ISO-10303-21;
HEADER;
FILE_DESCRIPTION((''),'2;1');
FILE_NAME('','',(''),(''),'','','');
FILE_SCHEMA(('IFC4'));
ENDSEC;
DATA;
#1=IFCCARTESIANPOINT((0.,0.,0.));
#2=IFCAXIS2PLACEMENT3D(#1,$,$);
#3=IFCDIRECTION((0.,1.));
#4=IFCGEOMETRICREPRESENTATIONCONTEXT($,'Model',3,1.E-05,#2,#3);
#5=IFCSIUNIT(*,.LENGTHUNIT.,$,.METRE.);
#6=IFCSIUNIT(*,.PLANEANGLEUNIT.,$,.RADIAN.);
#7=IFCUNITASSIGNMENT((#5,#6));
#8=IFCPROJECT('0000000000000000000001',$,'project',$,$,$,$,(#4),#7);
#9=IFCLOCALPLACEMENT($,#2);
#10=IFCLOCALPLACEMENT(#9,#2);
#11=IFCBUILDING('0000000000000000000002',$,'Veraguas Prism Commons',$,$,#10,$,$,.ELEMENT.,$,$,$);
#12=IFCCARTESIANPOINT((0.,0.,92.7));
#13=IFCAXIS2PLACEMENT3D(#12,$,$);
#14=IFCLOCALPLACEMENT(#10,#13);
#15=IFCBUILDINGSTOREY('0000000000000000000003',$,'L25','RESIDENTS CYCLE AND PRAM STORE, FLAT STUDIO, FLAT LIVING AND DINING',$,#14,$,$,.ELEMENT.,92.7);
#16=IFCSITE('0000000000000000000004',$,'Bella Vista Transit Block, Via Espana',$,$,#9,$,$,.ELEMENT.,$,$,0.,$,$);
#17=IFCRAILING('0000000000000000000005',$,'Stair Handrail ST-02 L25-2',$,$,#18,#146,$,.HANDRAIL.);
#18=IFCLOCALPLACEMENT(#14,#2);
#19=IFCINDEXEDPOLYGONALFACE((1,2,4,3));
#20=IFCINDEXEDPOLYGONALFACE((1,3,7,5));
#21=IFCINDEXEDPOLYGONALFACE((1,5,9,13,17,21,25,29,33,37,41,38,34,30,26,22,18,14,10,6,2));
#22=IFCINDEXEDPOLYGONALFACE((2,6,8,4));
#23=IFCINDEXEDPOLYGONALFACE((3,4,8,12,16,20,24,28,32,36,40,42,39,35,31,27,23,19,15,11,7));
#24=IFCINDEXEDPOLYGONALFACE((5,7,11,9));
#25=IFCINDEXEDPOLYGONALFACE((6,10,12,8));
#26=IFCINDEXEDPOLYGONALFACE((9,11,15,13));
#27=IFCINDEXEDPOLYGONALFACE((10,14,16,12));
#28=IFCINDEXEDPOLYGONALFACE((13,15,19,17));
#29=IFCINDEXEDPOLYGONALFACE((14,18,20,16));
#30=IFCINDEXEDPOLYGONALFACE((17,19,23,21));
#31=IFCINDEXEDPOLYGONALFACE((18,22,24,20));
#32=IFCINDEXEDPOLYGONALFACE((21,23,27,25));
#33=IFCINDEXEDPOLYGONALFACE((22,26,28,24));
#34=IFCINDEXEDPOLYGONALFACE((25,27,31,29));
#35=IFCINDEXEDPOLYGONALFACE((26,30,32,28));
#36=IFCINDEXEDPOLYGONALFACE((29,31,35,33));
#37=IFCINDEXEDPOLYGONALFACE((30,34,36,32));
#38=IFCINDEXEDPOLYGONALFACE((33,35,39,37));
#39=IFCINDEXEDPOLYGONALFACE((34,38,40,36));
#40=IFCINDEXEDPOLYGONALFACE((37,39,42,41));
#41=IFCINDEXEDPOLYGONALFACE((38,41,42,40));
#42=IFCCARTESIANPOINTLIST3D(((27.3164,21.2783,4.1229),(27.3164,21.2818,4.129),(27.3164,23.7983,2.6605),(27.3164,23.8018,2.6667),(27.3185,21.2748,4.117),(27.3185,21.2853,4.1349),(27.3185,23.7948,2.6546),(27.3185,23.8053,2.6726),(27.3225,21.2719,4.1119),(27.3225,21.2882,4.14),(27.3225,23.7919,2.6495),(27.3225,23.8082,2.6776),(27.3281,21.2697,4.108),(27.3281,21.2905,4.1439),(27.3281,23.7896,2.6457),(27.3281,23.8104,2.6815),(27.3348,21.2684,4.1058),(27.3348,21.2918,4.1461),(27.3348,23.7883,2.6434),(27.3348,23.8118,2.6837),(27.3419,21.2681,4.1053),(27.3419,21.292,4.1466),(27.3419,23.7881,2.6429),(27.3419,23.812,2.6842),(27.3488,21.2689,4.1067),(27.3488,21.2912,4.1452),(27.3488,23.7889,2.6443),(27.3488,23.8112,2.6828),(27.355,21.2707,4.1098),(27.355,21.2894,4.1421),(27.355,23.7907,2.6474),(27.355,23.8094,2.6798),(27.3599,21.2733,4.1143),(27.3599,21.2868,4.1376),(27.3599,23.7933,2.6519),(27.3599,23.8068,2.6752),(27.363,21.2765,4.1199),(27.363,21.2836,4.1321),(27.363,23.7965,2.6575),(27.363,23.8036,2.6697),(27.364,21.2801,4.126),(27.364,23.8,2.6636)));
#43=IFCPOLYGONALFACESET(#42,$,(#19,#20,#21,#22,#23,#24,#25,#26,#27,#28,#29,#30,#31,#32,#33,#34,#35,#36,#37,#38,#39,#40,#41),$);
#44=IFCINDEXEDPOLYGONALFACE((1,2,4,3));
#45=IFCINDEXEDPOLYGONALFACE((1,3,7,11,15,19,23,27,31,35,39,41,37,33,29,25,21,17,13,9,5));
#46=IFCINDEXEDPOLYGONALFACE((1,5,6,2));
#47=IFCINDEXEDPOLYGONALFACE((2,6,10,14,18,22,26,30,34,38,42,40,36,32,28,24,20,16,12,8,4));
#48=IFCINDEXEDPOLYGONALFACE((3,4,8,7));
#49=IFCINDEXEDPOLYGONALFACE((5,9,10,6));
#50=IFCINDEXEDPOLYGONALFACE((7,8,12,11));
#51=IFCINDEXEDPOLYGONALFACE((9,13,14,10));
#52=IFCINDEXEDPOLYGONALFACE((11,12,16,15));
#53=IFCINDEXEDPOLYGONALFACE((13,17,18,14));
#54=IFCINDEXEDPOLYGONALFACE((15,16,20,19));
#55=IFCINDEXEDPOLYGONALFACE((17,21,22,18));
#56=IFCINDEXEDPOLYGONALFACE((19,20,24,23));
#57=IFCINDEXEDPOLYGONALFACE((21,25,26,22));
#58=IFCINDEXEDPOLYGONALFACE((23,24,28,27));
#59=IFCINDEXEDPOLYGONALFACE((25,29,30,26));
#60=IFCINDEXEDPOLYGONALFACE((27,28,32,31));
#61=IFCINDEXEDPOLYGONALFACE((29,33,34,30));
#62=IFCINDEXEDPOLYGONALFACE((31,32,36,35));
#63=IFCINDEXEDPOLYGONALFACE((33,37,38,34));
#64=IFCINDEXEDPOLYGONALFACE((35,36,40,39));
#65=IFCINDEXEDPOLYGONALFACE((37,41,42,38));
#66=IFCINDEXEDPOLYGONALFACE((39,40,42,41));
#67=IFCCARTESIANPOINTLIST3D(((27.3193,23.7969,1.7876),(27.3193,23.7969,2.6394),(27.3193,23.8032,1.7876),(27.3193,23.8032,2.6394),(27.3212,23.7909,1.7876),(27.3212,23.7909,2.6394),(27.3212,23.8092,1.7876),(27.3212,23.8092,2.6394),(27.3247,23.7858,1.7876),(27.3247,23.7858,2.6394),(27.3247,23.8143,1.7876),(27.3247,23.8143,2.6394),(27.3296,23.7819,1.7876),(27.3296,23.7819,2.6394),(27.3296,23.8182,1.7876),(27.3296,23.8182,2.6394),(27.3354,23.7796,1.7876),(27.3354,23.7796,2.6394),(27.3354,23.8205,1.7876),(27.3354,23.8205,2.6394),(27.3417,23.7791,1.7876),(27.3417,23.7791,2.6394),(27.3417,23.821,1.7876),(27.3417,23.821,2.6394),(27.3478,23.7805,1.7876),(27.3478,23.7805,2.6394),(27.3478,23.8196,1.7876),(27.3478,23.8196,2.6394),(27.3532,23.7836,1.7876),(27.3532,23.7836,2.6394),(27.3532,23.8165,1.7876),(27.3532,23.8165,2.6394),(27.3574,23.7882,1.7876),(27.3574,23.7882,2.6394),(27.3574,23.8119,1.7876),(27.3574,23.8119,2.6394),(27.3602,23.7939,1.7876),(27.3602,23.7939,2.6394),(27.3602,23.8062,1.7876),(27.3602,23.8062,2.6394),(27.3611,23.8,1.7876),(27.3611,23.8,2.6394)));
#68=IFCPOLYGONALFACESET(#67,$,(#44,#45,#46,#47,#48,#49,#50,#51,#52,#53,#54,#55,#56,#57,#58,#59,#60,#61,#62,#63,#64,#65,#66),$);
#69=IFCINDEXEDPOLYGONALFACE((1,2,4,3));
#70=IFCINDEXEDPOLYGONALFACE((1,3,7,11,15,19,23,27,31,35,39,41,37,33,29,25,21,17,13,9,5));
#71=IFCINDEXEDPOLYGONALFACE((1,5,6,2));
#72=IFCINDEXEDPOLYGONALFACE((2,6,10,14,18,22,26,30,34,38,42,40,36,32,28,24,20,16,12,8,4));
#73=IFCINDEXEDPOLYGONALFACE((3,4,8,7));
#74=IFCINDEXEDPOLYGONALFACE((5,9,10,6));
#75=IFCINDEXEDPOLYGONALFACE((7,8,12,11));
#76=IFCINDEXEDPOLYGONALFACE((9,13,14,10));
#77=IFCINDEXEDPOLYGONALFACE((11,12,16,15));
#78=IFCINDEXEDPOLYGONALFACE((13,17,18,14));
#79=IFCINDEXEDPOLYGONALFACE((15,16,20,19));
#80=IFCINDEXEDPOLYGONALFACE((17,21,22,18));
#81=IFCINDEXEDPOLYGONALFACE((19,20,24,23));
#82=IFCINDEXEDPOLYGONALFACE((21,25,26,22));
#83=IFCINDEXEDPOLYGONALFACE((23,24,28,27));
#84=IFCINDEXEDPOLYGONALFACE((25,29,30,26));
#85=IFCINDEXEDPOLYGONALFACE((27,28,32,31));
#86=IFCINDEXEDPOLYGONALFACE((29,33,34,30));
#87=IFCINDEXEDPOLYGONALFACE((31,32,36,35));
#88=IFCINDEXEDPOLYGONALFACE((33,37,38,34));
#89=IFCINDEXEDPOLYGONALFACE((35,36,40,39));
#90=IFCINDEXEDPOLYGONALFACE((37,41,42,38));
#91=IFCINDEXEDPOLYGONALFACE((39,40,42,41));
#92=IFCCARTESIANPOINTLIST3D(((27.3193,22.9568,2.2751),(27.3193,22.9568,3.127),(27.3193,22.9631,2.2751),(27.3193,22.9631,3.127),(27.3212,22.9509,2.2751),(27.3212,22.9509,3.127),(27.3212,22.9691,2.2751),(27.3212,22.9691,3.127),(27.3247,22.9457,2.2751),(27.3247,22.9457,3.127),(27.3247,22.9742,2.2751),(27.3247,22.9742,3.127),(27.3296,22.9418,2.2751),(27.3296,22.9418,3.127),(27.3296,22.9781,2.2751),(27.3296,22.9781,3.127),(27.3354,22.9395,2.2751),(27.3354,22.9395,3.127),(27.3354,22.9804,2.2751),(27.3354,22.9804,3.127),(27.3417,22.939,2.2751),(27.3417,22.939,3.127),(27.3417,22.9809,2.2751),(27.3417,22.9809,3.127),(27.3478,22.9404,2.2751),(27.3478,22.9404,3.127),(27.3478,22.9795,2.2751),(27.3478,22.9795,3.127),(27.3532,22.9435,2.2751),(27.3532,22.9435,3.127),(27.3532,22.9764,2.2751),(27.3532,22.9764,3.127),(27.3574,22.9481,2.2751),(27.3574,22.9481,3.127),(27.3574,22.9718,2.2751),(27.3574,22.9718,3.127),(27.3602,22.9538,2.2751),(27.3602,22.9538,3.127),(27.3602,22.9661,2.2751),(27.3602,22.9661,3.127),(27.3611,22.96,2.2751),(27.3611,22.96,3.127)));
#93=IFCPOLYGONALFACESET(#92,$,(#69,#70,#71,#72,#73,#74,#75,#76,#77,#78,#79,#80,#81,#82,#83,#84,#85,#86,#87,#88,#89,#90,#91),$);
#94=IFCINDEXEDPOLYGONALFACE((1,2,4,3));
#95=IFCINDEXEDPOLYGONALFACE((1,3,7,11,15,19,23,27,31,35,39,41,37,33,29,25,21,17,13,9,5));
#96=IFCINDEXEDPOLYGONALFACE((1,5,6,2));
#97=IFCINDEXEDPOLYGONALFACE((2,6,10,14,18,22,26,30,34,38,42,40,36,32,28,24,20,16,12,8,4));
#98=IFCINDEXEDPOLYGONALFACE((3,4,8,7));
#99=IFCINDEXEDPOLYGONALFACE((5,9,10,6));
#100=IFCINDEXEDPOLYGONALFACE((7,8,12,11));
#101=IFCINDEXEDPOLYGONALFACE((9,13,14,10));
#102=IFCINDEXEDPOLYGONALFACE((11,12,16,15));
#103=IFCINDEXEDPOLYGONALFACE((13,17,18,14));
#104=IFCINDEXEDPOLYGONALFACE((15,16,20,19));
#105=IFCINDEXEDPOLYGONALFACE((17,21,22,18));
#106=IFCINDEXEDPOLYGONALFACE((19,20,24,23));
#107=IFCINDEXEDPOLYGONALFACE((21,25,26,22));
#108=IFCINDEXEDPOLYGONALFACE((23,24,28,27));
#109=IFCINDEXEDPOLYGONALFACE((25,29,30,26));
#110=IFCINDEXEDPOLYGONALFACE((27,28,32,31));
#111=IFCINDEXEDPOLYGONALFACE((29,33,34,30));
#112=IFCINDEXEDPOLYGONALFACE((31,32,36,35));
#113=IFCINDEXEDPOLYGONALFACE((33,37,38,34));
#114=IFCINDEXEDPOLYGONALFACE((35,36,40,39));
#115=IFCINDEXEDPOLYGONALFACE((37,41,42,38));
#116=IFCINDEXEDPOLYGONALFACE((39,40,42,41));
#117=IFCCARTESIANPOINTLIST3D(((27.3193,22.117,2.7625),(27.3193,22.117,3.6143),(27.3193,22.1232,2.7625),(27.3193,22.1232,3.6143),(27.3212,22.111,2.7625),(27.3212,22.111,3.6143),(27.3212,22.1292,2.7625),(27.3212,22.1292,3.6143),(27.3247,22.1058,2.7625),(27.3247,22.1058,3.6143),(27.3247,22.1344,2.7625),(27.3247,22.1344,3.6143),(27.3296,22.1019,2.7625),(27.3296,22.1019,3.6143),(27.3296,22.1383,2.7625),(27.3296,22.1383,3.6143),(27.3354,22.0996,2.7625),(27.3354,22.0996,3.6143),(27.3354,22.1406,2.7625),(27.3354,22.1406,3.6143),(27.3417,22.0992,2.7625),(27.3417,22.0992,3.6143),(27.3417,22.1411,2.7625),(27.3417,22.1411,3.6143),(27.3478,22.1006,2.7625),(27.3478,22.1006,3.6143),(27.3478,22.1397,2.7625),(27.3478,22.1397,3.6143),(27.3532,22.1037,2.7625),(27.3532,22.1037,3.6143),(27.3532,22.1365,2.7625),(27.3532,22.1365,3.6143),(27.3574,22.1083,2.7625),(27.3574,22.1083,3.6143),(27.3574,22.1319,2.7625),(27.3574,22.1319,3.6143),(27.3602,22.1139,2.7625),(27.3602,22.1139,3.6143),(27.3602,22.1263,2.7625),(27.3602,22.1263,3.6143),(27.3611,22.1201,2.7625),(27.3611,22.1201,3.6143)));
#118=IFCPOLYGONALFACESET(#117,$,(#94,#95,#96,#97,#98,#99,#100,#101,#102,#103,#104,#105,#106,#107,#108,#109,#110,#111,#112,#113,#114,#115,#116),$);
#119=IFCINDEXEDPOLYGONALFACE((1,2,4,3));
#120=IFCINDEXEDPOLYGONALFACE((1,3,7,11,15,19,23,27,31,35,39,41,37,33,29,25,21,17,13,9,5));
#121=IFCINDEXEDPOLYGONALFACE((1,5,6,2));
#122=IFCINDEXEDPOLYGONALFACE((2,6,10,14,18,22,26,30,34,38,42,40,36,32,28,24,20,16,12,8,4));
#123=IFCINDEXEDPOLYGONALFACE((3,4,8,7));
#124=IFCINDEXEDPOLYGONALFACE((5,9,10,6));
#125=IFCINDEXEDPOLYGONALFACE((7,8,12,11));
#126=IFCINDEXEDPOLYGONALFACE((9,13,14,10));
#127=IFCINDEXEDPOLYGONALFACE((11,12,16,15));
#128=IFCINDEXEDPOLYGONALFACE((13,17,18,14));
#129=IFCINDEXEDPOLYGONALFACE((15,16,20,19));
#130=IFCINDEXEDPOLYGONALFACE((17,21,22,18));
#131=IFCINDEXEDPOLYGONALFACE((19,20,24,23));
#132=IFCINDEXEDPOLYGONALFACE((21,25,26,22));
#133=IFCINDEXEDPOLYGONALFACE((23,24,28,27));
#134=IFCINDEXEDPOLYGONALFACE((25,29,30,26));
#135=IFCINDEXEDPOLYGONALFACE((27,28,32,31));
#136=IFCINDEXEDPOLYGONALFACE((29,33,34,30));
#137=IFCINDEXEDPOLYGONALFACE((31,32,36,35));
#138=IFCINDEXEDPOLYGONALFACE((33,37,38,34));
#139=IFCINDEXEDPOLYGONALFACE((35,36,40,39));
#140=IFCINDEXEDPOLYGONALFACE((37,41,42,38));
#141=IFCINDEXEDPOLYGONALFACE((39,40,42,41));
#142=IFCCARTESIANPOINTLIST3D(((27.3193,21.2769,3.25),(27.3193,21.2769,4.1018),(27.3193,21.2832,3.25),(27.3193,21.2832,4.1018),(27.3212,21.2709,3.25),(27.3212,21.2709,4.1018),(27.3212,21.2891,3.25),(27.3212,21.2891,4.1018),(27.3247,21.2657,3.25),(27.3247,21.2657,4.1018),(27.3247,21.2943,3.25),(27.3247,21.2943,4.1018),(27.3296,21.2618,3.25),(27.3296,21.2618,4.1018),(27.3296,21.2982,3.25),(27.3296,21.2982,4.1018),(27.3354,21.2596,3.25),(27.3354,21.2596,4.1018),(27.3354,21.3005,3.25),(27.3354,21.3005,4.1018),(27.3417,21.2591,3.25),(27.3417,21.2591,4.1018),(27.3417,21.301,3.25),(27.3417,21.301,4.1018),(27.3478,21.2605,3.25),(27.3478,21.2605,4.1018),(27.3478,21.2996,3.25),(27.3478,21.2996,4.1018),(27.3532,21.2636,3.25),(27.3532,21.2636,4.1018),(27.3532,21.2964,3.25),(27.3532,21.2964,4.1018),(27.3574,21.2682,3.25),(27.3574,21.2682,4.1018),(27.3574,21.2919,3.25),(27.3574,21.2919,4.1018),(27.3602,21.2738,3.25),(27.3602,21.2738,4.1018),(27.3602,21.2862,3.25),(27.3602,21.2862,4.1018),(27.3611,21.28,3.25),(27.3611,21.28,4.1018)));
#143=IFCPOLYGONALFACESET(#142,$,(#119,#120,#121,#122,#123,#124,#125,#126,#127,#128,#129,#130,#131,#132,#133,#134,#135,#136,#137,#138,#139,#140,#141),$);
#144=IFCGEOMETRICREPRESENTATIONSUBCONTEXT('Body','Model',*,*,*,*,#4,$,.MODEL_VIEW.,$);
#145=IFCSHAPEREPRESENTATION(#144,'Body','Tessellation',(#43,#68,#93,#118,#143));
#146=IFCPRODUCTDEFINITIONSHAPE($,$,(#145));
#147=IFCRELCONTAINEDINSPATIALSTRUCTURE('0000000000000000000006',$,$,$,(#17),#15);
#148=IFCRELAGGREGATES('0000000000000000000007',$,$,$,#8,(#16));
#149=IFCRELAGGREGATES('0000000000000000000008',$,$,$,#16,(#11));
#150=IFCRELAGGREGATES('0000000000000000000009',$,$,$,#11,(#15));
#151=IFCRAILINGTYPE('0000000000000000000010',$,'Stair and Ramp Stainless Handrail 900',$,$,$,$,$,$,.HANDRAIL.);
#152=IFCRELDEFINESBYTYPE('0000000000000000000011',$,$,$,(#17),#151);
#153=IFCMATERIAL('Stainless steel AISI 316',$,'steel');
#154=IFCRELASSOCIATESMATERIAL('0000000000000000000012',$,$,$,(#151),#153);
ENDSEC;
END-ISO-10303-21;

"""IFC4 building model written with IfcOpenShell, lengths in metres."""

from ifc_helpers import new_model, si_unit, direction, frame, origin, origin_2d, place, context, subcontext, project, spatial, circle, extrude, material, type_object, element, save


model = new_model("IFC4")

# Units and contexts
model_context = context("Model", 3, precision=1e-05, world=origin(), true_north=direction((0.0, 1.0)))
body_context = subcontext(model_context, "Body", "Model", "MODEL_VIEW")
ifc_project = project(units=[si_unit("LENGTHUNIT", "METRE"), si_unit("PLANEANGLEUNIT", "RADIAN")], contexts=[model_context])

# Site, building, storey
site_placement = place(None, origin())
site = spatial("IfcSite", under=ifc_project, at=site_placement, Name="Bella Vista Transit Block, Via Espana", CompositionType="ELEMENT", RefElevation=0.0)
building_placement = place(site_placement, origin())
building = spatial("IfcBuilding", under=site, at=building_placement, Name="Veraguas Prism Commons", CompositionType="ELEMENT")
storey_placement = place(building_placement, frame((0.0, 0.0, 92.7)))
storey = spatial("IfcBuildingStorey", under=building, at=storey_placement, Name="L25", Description="RESIDENTS CYCLE AND PRAM STORE, FLAT STUDIO, FLAT LIVING AND DINING", CompositionType="ELEMENT", Elevation=92.7)

# Shared definitions
ifc_material_1 = material(Name="Stainless steel AISI 316", Category="steel")

# Railing
railing_type_1 = type_object("IfcRailingType", Name="Stair and Ramp Stainless Handrail 900", PredefinedType="HANDRAIL", material=ifc_material_1)
railing_1_placement = place(storey_placement, frame((27.3401, 23.8, 1.7876)))
element("IfcRailing", 1, at=railing_1_placement, inside=storey, type_object=railing_type_1, Name="Stair Handrail ST-02 L25-2", PredefinedType="HANDRAIL", context=body_context, shape_type="SweptSolid", body=[
    extrude(circle(Radius=0.0239, at=origin_2d()), frame((0.0, 0.0, 0.876), z_axis=(0.0, -0.864913, 0.501921), x_axis=(1.0, 0.0, 0.0)), (0.0, 0.0, 1.0), 2.9136),
    extrude(circle(Radius=0.021, at=origin_2d()), origin(), (0.0, 0.0, 1.0), 0.8518),
    extrude(circle(Radius=0.021, at=origin_2d()), frame((0.0, -0.8401, 0.4875)), (0.0, 0.0, 1.0), 0.8518),
    extrude(circle(Radius=0.021, at=origin_2d()), frame((0.0, -1.6799, 0.9749)), (0.0, 0.0, 1.0), 0.8518),
    extrude(circle(Radius=0.021, at=origin_2d()), frame((0.0, -2.52, 1.4624)), (0.0, 0.0, 1.0), 0.8518),
])

save(model, "model.ifc")
